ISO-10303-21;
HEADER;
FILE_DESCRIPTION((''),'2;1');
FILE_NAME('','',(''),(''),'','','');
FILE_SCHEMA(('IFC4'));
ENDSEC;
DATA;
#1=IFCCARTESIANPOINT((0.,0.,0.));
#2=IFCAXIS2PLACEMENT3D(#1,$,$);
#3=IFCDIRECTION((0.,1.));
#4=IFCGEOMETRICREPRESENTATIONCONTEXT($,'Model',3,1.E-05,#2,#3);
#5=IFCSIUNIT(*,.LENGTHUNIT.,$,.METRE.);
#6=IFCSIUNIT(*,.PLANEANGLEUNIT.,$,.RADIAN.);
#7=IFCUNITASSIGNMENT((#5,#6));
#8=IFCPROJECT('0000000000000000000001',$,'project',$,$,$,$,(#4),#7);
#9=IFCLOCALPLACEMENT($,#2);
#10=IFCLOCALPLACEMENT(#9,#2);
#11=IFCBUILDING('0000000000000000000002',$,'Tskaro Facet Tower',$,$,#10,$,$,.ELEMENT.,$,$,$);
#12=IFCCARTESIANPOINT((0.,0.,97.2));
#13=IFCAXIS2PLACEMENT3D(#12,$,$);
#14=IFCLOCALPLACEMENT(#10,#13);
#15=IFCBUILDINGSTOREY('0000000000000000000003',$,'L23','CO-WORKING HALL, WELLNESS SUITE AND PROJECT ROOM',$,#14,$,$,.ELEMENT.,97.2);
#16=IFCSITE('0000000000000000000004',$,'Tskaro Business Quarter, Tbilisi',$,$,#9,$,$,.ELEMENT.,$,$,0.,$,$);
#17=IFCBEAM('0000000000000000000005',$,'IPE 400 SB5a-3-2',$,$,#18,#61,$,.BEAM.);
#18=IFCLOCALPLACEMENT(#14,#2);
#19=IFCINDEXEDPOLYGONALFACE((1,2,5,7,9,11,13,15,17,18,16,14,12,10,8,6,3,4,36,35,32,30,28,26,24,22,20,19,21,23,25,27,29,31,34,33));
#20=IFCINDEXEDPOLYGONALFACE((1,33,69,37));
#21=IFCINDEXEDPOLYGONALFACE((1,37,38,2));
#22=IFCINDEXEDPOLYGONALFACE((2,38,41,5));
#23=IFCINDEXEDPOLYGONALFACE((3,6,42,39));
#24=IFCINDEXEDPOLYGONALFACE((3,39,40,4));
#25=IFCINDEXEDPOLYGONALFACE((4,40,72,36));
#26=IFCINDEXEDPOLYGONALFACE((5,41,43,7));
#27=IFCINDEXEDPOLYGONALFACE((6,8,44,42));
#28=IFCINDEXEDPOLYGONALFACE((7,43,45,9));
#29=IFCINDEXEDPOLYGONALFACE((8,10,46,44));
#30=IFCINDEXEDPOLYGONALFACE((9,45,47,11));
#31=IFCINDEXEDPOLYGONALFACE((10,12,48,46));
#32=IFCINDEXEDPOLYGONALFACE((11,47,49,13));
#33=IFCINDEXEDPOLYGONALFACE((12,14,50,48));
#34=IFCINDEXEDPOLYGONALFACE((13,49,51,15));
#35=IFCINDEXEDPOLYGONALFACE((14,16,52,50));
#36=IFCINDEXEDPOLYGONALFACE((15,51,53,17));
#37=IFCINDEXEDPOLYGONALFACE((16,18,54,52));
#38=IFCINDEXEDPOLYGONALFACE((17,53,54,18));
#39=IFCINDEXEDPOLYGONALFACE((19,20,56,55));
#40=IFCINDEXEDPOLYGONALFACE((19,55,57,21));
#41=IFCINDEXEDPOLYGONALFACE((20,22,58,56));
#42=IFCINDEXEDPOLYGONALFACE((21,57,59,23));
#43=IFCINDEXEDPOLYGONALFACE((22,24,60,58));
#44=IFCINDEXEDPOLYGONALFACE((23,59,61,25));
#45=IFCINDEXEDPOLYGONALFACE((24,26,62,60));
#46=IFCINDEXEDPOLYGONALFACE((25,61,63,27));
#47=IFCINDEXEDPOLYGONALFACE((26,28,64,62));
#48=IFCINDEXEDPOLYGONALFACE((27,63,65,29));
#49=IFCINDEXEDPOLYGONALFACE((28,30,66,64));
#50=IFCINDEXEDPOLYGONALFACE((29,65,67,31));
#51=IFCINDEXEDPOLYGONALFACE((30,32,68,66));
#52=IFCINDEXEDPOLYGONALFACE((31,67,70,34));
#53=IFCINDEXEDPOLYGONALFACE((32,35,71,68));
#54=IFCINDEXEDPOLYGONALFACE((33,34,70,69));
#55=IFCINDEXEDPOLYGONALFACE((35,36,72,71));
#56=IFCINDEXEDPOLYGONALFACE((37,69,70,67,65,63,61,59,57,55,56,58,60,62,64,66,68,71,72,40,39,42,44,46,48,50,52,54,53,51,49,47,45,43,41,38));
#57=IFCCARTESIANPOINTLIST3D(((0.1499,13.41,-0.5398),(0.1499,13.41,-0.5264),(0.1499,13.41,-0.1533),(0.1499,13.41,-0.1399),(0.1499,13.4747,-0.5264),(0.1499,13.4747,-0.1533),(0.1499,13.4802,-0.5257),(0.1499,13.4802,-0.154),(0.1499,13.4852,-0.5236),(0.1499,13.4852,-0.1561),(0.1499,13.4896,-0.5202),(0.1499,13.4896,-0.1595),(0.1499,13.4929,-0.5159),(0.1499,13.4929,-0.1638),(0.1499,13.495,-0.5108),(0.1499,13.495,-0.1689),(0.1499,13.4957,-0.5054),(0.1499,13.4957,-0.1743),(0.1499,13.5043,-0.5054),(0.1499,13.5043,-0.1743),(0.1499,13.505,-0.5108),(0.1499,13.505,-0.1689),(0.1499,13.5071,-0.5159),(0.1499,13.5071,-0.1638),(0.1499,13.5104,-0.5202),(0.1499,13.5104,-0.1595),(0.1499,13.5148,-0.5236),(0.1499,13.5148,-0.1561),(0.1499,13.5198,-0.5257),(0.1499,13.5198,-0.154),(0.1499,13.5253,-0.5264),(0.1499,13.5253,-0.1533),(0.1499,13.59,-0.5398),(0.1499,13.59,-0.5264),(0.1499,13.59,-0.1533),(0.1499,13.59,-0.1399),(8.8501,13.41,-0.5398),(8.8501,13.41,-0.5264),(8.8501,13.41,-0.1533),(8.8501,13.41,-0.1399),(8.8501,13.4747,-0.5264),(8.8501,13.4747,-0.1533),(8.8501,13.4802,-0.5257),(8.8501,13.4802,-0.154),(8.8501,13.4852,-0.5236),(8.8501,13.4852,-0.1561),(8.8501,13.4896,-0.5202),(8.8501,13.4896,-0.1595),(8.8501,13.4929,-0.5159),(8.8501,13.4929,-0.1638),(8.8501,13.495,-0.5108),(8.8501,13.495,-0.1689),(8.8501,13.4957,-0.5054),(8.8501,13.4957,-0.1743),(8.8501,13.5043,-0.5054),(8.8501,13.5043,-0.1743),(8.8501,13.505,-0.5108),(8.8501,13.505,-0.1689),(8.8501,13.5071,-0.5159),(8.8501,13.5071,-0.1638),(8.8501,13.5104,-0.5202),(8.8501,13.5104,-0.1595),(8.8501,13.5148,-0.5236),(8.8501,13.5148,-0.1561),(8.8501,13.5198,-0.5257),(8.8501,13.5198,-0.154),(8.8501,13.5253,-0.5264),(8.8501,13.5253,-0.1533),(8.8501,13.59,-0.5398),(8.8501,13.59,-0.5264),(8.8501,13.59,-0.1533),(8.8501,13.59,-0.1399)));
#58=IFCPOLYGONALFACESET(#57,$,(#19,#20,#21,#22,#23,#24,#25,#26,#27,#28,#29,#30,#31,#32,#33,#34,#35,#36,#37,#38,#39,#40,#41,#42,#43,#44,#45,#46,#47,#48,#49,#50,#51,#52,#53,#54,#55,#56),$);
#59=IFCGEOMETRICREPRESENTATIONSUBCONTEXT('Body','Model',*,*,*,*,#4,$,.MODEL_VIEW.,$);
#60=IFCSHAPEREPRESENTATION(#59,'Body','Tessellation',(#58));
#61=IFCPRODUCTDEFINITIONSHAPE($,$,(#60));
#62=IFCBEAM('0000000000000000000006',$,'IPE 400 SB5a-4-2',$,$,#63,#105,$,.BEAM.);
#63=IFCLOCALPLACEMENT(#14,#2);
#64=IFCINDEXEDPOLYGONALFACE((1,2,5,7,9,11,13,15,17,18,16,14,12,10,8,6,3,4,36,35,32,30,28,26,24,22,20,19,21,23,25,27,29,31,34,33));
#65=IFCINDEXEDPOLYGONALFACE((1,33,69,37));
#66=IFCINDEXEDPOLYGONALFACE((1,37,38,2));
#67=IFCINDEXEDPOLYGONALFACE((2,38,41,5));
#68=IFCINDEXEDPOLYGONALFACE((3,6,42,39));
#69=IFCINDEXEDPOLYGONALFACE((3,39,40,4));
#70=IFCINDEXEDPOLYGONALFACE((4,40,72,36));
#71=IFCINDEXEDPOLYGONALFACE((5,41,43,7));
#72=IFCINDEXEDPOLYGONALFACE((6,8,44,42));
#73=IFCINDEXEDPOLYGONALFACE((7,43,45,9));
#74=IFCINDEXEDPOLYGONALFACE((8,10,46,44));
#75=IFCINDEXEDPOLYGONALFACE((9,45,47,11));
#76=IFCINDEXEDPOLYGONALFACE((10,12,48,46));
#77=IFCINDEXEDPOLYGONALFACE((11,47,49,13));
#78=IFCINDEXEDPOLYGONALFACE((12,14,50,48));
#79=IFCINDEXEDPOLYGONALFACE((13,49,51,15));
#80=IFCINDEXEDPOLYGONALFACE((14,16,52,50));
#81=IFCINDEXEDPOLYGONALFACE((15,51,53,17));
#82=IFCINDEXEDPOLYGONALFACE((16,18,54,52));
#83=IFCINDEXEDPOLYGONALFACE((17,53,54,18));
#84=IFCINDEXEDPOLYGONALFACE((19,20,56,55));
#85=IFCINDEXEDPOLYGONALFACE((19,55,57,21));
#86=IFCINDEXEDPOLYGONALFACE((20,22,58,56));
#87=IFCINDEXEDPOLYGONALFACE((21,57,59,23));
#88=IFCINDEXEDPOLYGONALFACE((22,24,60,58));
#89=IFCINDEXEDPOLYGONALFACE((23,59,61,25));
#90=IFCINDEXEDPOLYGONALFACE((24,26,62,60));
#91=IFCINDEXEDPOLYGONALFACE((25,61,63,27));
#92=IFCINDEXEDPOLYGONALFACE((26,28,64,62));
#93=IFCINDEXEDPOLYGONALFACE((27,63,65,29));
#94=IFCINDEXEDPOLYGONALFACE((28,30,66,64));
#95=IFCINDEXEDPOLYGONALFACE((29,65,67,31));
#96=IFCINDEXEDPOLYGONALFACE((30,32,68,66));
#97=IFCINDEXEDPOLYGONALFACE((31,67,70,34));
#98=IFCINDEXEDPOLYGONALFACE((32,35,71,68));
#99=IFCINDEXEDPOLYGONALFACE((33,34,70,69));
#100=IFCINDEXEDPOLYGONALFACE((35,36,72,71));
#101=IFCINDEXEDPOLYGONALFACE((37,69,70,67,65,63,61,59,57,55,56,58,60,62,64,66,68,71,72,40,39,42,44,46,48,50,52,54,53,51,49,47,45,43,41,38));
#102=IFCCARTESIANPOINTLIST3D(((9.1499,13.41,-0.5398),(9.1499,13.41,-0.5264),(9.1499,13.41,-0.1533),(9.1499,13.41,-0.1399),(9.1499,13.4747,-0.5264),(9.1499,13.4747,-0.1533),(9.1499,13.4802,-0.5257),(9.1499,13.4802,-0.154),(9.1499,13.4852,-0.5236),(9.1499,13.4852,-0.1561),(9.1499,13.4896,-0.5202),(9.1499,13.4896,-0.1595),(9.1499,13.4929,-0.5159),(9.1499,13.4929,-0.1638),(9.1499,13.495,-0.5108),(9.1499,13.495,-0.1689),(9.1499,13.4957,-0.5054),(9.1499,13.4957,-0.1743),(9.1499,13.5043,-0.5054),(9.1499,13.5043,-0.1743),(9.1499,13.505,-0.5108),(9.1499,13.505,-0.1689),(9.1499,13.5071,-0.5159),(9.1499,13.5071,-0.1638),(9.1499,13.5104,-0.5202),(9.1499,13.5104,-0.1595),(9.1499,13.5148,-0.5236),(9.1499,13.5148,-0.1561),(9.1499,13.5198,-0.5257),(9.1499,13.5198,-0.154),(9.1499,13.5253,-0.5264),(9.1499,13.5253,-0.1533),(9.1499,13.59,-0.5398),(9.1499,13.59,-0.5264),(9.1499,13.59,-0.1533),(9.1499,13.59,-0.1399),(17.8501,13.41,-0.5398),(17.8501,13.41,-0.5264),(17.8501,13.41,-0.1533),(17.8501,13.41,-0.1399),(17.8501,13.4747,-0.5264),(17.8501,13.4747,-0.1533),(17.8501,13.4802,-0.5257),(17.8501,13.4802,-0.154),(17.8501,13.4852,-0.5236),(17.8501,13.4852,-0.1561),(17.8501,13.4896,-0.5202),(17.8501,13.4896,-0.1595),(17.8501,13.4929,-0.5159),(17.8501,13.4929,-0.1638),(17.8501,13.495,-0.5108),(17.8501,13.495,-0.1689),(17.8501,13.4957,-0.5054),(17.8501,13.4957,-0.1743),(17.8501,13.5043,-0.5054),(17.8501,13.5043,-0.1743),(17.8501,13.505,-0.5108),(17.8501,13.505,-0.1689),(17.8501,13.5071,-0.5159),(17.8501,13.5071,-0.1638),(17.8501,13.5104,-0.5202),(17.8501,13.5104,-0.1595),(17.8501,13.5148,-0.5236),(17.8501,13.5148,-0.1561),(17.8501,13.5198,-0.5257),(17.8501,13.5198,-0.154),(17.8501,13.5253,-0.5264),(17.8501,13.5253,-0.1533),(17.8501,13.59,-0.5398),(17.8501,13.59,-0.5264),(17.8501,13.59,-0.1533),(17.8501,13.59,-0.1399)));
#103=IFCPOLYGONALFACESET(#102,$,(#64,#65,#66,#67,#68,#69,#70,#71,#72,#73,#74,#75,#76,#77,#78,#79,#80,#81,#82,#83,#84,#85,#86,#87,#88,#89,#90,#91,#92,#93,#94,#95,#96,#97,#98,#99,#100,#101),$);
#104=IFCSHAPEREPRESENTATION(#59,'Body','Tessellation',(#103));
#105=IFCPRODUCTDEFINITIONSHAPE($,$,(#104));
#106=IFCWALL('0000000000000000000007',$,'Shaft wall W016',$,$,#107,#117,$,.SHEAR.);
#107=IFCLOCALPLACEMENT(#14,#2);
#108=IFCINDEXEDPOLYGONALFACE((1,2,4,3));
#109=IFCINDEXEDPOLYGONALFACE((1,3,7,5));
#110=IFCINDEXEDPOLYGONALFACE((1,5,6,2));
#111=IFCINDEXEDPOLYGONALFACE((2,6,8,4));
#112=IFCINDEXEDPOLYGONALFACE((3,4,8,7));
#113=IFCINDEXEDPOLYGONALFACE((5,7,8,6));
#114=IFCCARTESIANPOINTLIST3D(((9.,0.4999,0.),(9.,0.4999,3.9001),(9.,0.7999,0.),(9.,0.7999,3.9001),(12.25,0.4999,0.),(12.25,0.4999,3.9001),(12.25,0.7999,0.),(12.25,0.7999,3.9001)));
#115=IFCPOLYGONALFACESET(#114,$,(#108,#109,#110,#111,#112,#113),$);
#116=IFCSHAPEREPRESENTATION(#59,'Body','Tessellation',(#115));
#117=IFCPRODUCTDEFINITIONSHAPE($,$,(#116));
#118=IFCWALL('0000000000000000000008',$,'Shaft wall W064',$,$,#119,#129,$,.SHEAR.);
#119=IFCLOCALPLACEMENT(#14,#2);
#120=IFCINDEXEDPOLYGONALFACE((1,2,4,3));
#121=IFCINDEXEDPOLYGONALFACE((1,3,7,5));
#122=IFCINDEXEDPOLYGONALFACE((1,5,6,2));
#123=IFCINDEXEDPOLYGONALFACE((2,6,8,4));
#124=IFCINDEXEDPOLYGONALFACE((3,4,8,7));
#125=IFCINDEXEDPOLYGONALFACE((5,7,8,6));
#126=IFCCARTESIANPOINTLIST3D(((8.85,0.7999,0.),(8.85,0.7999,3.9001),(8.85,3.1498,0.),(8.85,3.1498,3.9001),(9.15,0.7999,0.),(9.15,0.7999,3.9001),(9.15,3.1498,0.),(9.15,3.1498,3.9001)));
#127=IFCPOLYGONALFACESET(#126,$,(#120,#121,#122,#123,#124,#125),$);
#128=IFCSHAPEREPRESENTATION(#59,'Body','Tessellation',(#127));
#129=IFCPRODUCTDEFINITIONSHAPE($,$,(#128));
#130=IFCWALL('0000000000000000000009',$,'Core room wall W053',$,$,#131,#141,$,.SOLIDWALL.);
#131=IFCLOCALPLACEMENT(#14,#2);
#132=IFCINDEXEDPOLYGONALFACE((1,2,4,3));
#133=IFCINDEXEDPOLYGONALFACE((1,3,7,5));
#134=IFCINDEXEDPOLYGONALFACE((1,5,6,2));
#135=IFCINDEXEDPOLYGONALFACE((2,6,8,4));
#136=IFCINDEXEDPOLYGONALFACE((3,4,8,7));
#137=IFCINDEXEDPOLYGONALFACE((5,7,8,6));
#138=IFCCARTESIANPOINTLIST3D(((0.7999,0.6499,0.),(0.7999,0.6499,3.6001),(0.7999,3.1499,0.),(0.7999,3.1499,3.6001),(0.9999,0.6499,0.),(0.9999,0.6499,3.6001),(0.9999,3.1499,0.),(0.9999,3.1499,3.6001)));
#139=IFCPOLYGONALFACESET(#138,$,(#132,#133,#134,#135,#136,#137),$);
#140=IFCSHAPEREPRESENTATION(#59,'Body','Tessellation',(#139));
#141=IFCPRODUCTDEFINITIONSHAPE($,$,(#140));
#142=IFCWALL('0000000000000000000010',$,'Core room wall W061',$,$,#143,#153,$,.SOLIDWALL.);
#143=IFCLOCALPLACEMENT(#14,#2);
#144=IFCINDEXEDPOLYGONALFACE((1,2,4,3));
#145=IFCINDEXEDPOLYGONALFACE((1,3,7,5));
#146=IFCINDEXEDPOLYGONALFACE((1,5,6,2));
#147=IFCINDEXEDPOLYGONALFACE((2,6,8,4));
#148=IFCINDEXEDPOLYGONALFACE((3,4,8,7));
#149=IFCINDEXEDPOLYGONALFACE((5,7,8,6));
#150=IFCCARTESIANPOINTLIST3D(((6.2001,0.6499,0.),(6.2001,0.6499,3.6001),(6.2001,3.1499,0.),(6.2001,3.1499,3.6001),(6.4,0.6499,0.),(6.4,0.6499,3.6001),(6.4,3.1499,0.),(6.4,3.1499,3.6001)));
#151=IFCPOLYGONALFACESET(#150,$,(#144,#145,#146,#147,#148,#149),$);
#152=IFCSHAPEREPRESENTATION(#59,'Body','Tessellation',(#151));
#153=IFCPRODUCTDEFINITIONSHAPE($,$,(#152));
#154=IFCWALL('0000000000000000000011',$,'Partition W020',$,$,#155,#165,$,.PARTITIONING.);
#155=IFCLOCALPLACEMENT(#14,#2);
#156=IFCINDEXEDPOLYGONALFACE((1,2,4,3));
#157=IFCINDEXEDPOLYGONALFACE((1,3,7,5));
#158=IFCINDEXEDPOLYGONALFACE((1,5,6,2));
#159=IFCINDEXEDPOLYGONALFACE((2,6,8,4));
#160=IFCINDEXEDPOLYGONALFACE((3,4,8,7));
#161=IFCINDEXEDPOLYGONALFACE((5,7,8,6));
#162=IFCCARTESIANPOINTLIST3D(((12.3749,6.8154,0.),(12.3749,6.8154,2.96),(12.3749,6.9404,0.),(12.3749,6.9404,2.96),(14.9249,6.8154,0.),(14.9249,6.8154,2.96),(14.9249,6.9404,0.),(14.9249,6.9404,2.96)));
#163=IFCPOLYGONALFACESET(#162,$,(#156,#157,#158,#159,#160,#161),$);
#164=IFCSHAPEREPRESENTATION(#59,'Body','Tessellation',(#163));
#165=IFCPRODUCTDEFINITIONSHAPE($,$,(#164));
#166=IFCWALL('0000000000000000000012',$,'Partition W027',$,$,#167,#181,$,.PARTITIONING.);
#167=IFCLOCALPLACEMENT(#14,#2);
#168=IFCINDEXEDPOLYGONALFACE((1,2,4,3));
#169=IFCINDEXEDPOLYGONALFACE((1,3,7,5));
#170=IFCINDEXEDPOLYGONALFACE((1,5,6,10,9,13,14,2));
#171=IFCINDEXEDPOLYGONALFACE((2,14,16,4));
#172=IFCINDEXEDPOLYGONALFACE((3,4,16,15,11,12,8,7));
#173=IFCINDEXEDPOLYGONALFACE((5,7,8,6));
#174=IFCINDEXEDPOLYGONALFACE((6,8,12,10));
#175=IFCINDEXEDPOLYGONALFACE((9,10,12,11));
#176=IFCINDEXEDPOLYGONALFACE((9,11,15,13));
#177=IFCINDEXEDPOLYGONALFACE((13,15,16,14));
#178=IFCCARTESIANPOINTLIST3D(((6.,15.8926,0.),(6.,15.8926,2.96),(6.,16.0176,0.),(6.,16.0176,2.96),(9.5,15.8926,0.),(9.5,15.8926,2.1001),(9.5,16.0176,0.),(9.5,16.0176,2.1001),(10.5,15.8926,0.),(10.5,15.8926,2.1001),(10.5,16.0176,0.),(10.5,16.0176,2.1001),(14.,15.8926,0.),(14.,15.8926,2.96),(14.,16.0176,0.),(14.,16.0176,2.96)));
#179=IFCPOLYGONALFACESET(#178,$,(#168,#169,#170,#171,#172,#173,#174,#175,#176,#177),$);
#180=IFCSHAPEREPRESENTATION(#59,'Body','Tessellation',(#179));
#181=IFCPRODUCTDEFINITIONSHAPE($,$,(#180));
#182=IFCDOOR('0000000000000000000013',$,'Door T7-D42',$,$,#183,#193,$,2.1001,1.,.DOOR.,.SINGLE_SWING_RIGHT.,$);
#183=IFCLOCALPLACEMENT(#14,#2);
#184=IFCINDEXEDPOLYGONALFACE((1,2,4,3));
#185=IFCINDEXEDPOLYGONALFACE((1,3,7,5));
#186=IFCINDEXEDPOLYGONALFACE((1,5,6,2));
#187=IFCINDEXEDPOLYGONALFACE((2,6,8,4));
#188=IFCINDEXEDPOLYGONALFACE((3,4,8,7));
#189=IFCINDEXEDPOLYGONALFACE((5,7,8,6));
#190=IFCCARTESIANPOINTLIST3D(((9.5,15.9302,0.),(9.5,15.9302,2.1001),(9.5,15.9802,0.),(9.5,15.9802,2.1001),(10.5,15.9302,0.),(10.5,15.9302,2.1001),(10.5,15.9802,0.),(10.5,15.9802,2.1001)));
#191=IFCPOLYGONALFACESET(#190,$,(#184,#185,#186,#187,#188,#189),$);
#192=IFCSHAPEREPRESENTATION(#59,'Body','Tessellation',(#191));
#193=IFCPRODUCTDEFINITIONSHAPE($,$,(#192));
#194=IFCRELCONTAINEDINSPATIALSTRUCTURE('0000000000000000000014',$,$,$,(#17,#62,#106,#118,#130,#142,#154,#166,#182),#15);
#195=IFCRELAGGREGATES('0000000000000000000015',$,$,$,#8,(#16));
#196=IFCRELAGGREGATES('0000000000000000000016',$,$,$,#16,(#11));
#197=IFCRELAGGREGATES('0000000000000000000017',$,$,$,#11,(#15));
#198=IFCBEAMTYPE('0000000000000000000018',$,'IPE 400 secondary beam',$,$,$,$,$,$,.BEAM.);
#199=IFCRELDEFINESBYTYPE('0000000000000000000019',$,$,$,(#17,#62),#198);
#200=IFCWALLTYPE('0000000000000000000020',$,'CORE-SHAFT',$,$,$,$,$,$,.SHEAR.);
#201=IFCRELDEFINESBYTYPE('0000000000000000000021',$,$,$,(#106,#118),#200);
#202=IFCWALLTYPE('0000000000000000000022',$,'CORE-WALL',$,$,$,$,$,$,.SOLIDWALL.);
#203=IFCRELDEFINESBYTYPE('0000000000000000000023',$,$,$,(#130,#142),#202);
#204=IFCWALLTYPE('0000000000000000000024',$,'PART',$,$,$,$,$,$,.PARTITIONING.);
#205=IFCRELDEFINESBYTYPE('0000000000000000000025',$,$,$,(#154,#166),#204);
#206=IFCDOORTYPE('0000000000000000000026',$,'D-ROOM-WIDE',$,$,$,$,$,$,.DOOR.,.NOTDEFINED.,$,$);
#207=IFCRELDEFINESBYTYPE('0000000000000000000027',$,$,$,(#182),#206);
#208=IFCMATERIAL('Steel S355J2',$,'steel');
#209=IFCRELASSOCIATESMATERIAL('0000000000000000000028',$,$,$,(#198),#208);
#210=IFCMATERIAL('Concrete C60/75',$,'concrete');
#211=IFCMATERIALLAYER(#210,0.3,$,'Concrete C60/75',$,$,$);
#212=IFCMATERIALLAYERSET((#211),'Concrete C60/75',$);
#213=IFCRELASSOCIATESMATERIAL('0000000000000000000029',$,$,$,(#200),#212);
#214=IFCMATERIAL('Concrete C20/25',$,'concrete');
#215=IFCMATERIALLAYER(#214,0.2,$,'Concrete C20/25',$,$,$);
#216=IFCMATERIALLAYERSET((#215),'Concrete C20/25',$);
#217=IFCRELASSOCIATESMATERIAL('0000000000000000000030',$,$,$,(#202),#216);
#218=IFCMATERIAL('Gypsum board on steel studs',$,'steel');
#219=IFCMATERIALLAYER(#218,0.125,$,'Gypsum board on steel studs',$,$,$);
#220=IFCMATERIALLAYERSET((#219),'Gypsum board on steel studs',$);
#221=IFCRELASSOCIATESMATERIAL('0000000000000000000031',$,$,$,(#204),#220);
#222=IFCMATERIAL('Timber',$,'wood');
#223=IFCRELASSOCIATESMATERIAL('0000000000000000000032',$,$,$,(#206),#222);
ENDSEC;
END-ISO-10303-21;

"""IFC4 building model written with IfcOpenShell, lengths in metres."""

from ifc_helpers import new_model, si_unit, direction, frame, frame_2d, origin, origin_2d, place, context, subcontext, project, spatial, rectangle, i_section, extrude, material, layer, layer_set, material_profile, profile_set, type_object, element, fill, save


model = new_model("IFC4")

# Units and contexts
model_context = context("Model", 3, precision=1e-05, world=origin(), true_north=direction((0.0, 1.0)))
body_context = subcontext(model_context, "Body", "Model", "MODEL_VIEW")
ifc_project = project(units=[si_unit("LENGTHUNIT", "METRE"), si_unit("PLANEANGLEUNIT", "RADIAN")], contexts=[model_context])

# Site, building, storey
site_placement = place(None, origin())
site = spatial("IfcSite", under=ifc_project, at=site_placement, Name="Tskaro Business Quarter, Tbilisi", CompositionType="ELEMENT", RefElevation=0.0)
building_placement = place(site_placement, origin())
building = spatial("IfcBuilding", under=site, at=building_placement, Name="Tskaro Facet Tower", CompositionType="ELEMENT")
storey_placement = place(building_placement, frame((0.0, 0.0, 97.2)))
storey = spatial("IfcBuildingStorey", under=building, at=storey_placement, Name="L23", Description="CO-WORKING HALL, WELLNESS SUITE AND PROJECT ROOM", CompositionType="ELEMENT", Elevation=97.2)

# Beams
ifc_material_1 = material(Name="Steel S355J2", Category="steel")
ifc_material_profile_1 = material_profile(ifc_material_1, i_section(OverallWidth=0.1799, OverallDepth=0.3999, WebThickness=0.0085, FlangeThickness=0.0134, FilletRadius=0.021, at=origin_2d()), Name="IPE 400")
ifc_profile_set_1 = profile_set([ifc_material_profile_1], Name="Steel S355J2")
beam_type_1 = type_object("IfcBeamType", Name="IPE 400 secondary beam", PredefinedType="BEAM", material=ifc_profile_set_1)
for number, where, z_axis, x_axis, name in (
    (1, (0.1499, 13.5, -0.3398), (1.0, 0.0, 0.0), (0.0, 1.0, 0.0), "IPE 400 SB5a-3-2"),
    (2, (9.1499, 13.5, -0.3398), (1.0, 0.0, 0.0), (0.0, 1.0, 0.0), "IPE 400 SB5a-4-2"),
):
    element("IfcBeam", number, at=place(storey_placement, frame(where, z_axis=z_axis, x_axis=x_axis)), inside=storey, type_object=beam_type_1, Name=name, PredefinedType="BEAM", context=body_context, shape_type="SweptSolid", body=[
        extrude(i_section(OverallWidth=0.1799, OverallDepth=0.3999, WebThickness=0.0085, FlangeThickness=0.0134, FilletRadius=0.021, at=origin_2d()), origin(), (0.0, 0.0, 1.0), 8.7002),
    ])

# Walls
ifc_material_2 = material(Name="Concrete C60/75", Category="concrete")
ifc_layer_1 = layer(ifc_material_2, 0.3, Name="Concrete C60/75")
ifc_layer_set_1 = layer_set([ifc_layer_1], Name="Concrete C60/75")
wall_type_1 = type_object("IfcWallType", Name="CORE-SHAFT", PredefinedType="SHEAR", material=ifc_layer_set_1)
wall_1_placement = place(storey_placement, frame((12.25, 0.6499, 0.0), z_axis=(0.0, 0.0, 1.0), x_axis=(-1.0, 0.0, 0.0)))
element("IfcWall", 3, at=wall_1_placement, inside=storey, type_object=wall_type_1, Name="Shaft wall W016", PredefinedType="SHEAR", context=body_context, shape_type="SweptSolid", body=[
    extrude(rectangle(XDim=3.25, YDim=0.3, at=frame_2d((1.625, 0.0))), origin(), (0.0, 0.0, 1.0), 3.9001),
])
wall_2_placement = place(storey_placement, frame((9.0, 0.8, 0.0), z_axis=(0.0, 0.0, 1.0), x_axis=(0.0, 1.0, 0.0)))
element("IfcWall", 4, at=wall_2_placement, inside=storey, type_object=wall_type_1, Name="Shaft wall W064", PredefinedType="SHEAR", context=body_context, shape_type="SweptSolid", body=[
    extrude(rectangle(XDim=2.3499, YDim=0.3, at=frame_2d((1.1748, 0.0))), origin(), (0.0, 0.0, 1.0), 3.9001),
])
ifc_material_3 = material(Name="Concrete C20/25", Category="concrete")
ifc_layer_2 = layer(ifc_material_3, 0.2, Name="Concrete C20/25")
ifc_layer_set_2 = layer_set([ifc_layer_2], Name="Concrete C20/25")
wall_type_2 = type_object("IfcWallType", Name="CORE-WALL", PredefinedType="SOLIDWALL", material=ifc_layer_set_2)
for number, where, z_axis, x_axis, name in (
    (5, (0.8999, 0.6499, 0.0), (0.0, 0.0, 1.0), (0.0, 1.0, 0.0), "Core room wall W053"),
    (6, (6.3, 0.6499, 0.0), (0.0, 0.0, 1.0), (0.0, 1.0, 0.0), "Core room wall W061"),
):
    element("IfcWall", number, at=place(storey_placement, frame(where, z_axis=z_axis, x_axis=x_axis)), inside=storey, type_object=wall_type_2, Name=name, PredefinedType="SOLIDWALL", context=body_context, shape_type="SweptSolid", body=[
        extrude(rectangle(XDim=2.5, YDim=0.2, at=frame_2d((1.25, 0.0))), origin(), (0.0, 0.0, 1.0), 3.6001),
    ])
ifc_material_4 = material(Name="Gypsum board on steel studs", Category="steel")
ifc_layer_3 = layer(ifc_material_4, 0.125, Name="Gypsum board on steel studs")
ifc_layer_set_3 = layer_set([ifc_layer_3], Name="Gypsum board on steel studs")
wall_type_3 = type_object("IfcWallType", Name="PART", PredefinedType="PARTITIONING", material=ifc_layer_set_3)
wall_3_placement = place(storey_placement, frame((12.375, 6.8779, 0.0), z_axis=(0.0, 0.0, 1.0), x_axis=(1.0, 0.0, 0.0)))
element("IfcWall", 7, at=wall_3_placement, inside=storey, type_object=wall_type_3, Name="Partition W020", PredefinedType="PARTITIONING", context=body_context, shape_type="SweptSolid", body=[
    extrude(rectangle(XDim=2.55, YDim=0.125, at=frame_2d((1.2749, 0.0))), origin(), (0.0, 0.0, 1.0), 2.96),
])

# Wall, opening, door
wall_4_placement = place(storey_placement, frame((14.0, 15.9551, 0.0), z_axis=(0.0, 0.0, 1.0), x_axis=(-1.0, 0.0, 0.0)))
wall_4 = element("IfcWall", 8, at=wall_4_placement, inside=storey, type_object=wall_type_3, Name="Partition W027", PredefinedType="PARTITIONING", context=body_context, shape_type="SweptSolid", body=[
    extrude(rectangle(XDim=8.0, YDim=0.125, at=frame_2d((4.0, 0.0))), origin(), (0.0, 0.0, 1.0), 2.96),
])
opening_1_placement = place(wall_4_placement, frame((3.5, 0.0, 0.0)))
opening_1 = element("IfcOpeningElement", 9, at=opening_1_placement, cuts=wall_4, PredefinedType="OPENING", context=body_context, shape_type="SweptSolid", body=[
    extrude(rectangle(XDim=1.0, YDim=2.1001, at=frame_2d((0.5, 1.05))), frame((0.0, 0.0725, 0.0), z_axis=(0.0, -1.0, 0.0), x_axis=(1.0, 0.0, 0.0)), (0.0, 0.0, 1.0), 0.145),
])
ifc_material_5 = material(Name="Timber", Category="wood")
door_type_1 = type_object("IfcDoorType", Name="D-ROOM-WIDE", OperationType="NOTDEFINED", PredefinedType="DOOR", material=ifc_material_5)
door_1_placement = place(opening_1_placement, origin())
door_1 = element("IfcDoor", 10, at=door_1_placement, inside=storey, type_object=door_type_1, Name="Door T7-D42", OperationType="SINGLE_SWING_RIGHT", OverallHeight=2.1001, OverallWidth=1.0, PredefinedType="DOOR", context=body_context, shape_type="SweptSolid", body=[
    extrude(rectangle(XDim=1.0, YDim=2.1001, at=frame_2d((0.5, 1.05))), frame((0.0, 0.0249, 0.0), z_axis=(0.0, -1.0, 0.0), x_axis=(1.0, 0.0, 0.0)), (0.0, 0.0, 1.0), 0.05),
])
fill(opening_1, door_1)

save(model, "model.ifc")
